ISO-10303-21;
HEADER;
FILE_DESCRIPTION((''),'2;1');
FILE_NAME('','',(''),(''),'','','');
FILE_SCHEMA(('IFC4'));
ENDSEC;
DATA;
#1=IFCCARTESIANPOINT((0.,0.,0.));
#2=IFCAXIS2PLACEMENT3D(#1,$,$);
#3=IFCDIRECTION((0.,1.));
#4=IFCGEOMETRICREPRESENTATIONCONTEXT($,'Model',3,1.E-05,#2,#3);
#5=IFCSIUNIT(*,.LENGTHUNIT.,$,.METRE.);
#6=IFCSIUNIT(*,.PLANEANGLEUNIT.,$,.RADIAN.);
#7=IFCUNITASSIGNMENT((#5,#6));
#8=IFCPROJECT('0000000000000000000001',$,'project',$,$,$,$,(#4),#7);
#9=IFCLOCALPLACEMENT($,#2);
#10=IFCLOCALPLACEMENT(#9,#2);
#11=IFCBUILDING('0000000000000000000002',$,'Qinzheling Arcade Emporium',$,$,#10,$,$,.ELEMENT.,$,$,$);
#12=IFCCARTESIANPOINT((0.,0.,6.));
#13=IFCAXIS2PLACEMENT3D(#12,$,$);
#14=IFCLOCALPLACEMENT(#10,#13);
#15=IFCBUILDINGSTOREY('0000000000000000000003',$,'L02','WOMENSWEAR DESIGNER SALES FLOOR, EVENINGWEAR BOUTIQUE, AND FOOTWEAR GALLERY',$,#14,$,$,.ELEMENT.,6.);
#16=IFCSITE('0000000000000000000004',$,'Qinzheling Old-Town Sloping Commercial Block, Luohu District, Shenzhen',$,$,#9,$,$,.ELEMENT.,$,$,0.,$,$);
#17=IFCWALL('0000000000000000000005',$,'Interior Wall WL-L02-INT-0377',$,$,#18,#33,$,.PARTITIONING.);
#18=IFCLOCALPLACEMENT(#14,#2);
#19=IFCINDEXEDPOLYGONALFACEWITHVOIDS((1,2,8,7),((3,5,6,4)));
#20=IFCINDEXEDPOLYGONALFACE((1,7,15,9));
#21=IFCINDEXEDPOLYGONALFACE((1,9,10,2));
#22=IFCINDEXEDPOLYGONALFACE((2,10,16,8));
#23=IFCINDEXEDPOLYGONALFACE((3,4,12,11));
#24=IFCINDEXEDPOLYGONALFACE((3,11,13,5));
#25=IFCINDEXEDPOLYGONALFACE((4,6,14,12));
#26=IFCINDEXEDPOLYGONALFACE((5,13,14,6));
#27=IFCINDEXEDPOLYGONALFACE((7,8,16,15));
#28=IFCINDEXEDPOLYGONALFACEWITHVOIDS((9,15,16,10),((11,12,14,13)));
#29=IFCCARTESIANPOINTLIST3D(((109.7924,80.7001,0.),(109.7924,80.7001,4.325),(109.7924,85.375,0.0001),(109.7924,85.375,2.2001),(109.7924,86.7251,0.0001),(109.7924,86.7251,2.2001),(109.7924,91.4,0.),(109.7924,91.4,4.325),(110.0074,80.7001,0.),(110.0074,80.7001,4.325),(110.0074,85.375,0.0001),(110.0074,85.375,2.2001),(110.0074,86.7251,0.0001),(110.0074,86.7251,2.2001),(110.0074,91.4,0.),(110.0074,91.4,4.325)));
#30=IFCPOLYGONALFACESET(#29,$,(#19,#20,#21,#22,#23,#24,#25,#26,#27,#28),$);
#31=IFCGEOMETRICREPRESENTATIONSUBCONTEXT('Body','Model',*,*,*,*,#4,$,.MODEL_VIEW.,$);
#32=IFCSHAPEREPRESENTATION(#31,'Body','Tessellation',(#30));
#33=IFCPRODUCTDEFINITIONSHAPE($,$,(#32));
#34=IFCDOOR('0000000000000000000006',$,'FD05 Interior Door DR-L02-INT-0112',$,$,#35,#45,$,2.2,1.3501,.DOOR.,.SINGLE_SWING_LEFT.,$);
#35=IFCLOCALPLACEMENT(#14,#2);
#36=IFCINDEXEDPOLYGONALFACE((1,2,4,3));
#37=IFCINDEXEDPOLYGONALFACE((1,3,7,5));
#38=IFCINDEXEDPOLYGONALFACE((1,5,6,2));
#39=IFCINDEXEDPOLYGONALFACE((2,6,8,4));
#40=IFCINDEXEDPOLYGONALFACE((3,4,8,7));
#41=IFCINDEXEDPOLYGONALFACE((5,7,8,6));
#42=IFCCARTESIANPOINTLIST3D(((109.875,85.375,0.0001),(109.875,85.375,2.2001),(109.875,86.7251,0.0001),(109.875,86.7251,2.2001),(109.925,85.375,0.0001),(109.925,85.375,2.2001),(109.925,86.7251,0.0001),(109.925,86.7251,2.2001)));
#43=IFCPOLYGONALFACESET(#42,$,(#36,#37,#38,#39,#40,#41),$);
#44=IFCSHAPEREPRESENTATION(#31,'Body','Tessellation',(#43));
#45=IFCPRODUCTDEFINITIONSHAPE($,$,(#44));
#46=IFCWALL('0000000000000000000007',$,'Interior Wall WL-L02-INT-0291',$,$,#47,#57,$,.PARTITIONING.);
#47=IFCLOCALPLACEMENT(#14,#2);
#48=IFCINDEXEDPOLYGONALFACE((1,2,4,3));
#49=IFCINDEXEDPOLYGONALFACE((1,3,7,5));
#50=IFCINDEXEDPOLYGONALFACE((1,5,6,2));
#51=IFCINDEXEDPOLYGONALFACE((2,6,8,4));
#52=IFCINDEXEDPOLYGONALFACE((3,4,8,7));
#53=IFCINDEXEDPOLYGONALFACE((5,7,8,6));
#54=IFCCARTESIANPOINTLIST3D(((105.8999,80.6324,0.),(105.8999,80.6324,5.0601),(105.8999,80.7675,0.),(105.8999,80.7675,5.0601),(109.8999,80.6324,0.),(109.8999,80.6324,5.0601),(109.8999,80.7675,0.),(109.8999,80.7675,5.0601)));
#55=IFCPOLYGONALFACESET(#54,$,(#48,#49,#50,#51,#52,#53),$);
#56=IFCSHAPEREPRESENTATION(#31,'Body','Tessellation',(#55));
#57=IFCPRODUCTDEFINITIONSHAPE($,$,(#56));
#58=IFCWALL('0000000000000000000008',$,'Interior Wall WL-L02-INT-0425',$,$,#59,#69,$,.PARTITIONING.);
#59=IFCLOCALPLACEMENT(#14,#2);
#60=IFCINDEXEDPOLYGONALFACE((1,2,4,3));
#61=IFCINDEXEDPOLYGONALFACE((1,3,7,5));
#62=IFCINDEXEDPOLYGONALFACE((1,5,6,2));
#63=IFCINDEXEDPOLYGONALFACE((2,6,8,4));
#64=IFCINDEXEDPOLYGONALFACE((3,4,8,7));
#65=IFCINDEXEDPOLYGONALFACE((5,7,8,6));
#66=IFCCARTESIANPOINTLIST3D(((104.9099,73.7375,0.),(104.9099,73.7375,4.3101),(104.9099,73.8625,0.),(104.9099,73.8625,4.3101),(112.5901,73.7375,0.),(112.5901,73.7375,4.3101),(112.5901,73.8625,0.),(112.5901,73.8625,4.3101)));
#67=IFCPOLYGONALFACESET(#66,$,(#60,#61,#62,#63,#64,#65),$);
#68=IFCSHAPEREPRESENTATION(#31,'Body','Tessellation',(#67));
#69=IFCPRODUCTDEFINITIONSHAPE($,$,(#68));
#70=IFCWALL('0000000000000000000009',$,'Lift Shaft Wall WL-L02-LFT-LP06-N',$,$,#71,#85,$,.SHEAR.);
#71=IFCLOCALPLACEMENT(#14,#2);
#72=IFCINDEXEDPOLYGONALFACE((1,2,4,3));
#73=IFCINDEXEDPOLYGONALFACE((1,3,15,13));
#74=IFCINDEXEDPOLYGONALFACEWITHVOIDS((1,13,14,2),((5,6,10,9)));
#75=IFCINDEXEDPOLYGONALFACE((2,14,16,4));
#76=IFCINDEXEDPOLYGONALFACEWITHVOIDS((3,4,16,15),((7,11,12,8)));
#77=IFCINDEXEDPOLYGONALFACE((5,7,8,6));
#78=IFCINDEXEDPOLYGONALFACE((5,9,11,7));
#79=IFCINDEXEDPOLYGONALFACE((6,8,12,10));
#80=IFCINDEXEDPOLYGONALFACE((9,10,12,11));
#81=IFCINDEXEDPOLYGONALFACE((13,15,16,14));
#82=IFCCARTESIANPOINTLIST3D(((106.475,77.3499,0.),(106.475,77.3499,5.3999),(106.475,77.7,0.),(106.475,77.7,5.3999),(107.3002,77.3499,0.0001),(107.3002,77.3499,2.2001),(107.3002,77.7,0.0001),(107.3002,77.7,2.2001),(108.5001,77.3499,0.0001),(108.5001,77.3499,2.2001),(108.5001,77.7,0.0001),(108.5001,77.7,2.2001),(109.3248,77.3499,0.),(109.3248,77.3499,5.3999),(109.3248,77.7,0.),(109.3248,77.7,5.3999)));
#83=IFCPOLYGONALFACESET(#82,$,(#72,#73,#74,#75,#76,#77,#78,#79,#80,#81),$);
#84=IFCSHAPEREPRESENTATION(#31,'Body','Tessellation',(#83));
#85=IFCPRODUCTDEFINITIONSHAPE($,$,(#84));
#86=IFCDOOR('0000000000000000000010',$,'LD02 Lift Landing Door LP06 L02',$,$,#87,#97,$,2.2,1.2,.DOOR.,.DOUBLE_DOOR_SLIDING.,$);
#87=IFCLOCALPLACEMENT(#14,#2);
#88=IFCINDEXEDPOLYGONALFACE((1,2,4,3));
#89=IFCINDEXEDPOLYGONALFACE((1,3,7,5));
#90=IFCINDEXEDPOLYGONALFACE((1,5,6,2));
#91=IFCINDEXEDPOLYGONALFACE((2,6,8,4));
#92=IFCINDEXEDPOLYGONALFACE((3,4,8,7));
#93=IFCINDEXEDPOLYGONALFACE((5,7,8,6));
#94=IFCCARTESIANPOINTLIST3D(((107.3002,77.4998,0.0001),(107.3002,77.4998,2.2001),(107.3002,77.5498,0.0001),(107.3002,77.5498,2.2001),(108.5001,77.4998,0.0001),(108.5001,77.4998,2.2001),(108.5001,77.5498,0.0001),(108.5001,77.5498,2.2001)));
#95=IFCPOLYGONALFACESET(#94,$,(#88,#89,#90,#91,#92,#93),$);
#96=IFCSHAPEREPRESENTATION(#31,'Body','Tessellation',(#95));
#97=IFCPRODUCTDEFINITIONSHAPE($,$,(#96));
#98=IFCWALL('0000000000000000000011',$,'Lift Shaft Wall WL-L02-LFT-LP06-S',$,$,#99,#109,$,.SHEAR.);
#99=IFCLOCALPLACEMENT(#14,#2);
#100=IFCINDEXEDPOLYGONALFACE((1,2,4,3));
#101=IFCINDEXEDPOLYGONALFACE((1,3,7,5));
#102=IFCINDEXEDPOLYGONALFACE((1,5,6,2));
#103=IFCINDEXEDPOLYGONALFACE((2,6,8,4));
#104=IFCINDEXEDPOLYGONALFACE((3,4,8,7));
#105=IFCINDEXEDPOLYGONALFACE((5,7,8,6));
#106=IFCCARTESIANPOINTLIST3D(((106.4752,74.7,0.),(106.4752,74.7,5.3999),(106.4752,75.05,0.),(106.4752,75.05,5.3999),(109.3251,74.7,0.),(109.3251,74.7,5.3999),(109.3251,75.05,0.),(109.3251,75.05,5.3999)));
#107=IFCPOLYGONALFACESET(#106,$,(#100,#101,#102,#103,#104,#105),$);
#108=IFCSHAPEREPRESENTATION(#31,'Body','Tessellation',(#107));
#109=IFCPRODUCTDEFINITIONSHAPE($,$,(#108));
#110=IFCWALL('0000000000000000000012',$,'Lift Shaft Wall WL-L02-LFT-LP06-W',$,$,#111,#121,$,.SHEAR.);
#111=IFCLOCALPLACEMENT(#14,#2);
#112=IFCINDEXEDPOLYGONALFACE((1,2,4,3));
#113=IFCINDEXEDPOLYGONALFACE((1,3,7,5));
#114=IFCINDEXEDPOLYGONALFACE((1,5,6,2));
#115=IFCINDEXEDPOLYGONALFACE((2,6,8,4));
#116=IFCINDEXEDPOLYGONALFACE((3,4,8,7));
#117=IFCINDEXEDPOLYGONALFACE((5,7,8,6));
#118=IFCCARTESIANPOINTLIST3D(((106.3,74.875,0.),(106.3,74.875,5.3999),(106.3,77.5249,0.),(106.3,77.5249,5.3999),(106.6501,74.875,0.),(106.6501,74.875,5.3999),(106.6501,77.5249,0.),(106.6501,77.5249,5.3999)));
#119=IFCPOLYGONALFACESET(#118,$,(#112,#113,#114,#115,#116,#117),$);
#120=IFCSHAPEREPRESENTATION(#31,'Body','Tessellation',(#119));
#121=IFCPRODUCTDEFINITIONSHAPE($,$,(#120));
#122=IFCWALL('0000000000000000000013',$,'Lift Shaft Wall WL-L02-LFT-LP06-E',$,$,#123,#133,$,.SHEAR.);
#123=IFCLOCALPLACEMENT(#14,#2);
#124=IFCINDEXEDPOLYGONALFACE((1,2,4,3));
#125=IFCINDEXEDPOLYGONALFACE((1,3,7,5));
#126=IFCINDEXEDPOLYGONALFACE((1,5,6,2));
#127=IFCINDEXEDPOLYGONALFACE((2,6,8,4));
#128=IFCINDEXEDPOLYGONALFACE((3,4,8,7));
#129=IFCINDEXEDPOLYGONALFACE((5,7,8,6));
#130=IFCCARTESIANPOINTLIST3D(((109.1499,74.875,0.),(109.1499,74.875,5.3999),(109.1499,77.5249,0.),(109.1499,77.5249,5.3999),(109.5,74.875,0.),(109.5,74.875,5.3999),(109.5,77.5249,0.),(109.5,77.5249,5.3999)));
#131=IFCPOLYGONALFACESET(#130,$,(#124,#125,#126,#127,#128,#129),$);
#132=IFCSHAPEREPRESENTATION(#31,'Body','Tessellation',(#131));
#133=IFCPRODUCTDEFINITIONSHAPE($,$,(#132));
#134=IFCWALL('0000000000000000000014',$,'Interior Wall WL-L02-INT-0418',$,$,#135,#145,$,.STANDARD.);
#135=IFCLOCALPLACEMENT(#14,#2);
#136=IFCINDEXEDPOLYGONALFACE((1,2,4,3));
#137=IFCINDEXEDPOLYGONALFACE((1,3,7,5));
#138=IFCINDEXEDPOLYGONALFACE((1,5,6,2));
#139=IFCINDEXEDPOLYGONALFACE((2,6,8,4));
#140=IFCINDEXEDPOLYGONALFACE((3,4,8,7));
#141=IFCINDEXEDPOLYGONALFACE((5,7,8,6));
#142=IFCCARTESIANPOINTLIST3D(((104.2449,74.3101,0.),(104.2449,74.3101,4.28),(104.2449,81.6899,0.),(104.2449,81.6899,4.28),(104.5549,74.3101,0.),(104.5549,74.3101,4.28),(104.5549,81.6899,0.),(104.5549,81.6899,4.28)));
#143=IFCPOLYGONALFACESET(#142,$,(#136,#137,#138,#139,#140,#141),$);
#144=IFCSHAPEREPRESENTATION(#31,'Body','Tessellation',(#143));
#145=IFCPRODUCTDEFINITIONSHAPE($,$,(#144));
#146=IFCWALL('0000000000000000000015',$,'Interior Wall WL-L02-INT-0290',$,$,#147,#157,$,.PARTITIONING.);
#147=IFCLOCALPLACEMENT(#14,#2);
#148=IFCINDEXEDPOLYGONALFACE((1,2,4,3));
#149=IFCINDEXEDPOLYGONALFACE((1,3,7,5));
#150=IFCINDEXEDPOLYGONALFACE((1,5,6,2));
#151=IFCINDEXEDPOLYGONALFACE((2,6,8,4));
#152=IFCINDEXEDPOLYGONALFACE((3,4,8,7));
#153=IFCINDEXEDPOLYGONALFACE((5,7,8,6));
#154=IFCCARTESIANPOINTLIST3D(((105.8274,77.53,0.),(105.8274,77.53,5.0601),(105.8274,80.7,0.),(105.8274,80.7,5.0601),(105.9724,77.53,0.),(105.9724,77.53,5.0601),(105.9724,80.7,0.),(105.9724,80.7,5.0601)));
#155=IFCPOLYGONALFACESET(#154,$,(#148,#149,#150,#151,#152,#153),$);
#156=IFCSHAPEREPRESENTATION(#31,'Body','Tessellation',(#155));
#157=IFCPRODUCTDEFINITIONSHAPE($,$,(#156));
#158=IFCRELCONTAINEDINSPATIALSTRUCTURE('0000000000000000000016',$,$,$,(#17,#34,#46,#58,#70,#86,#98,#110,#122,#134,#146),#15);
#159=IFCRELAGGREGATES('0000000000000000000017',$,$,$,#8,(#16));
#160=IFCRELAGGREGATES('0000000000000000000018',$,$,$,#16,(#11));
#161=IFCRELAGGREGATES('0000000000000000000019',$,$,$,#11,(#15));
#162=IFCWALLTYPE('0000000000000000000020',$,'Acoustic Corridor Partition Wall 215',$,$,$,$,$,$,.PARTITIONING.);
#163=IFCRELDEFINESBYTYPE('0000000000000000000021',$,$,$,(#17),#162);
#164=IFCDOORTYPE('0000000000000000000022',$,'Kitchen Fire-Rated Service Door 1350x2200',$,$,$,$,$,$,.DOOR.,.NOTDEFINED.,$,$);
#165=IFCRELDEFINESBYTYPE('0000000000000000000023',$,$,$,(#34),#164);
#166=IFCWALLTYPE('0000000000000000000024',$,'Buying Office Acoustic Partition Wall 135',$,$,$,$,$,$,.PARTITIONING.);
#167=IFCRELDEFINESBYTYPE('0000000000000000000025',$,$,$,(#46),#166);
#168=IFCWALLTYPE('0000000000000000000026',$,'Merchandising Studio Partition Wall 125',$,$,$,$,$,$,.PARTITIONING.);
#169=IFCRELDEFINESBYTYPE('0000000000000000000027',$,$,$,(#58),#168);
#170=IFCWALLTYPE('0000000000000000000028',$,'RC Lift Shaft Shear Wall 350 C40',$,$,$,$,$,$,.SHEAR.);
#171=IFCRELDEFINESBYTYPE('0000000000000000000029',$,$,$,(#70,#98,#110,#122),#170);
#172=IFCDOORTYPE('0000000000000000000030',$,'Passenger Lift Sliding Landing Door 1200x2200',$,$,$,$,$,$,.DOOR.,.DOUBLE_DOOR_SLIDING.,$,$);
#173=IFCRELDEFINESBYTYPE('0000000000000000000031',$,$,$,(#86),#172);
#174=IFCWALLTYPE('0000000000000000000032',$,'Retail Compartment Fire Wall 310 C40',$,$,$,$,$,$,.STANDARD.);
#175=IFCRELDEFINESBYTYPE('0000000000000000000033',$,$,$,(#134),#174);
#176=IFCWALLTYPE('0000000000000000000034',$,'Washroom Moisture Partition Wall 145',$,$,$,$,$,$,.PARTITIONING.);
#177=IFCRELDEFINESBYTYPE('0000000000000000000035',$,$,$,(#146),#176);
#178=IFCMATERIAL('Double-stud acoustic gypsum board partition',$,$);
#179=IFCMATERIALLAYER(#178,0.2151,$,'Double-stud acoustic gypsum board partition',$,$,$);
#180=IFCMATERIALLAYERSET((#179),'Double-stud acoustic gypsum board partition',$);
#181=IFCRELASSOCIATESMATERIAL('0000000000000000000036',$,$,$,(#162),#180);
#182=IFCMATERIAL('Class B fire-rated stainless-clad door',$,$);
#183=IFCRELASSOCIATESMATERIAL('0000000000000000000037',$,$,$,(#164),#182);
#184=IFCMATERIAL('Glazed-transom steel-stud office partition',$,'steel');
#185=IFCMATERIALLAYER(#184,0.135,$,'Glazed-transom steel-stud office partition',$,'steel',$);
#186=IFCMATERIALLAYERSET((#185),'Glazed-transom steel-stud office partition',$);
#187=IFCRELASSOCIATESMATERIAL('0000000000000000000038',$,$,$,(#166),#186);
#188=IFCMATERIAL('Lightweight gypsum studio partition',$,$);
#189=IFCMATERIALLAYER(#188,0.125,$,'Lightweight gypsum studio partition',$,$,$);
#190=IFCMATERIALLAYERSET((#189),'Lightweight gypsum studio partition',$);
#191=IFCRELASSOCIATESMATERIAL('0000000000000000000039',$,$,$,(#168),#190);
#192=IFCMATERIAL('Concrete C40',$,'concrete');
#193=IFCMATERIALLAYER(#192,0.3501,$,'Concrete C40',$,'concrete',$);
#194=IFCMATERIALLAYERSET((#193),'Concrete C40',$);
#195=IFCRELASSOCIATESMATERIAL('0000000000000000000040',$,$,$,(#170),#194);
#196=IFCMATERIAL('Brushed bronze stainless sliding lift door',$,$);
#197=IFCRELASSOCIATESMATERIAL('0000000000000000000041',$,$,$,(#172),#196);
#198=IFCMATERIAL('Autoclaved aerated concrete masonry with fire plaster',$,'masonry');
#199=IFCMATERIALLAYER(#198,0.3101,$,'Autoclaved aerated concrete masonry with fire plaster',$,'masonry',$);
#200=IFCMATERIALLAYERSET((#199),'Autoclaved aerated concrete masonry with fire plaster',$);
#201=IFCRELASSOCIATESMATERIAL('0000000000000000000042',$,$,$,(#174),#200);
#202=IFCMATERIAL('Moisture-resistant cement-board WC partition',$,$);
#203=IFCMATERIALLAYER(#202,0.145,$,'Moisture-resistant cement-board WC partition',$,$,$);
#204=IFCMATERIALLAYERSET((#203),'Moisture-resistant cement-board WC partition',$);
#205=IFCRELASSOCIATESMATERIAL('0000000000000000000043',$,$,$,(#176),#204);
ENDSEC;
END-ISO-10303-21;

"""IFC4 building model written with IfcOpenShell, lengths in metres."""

from ifc_helpers import new_model, si_unit, direction, frame, frame_2d, origin, place, context, subcontext, project, spatial, rectangle, extrude, material, layer, layer_set, type_object, element, fill, save


model = new_model("IFC4")

# Units and contexts
model_context = context("Model", 3, precision=1e-05, world=origin(), true_north=direction((0.0, 1.0)))
body_context = subcontext(model_context, "Body", "Model", "MODEL_VIEW")
ifc_project = project(units=[si_unit("LENGTHUNIT", "METRE"), si_unit("PLANEANGLEUNIT", "RADIAN")], contexts=[model_context])

# Site, building, storey
site_placement = place(None, origin())
site = spatial("IfcSite", under=ifc_project, at=site_placement, Name="Qinzheling Old-Town Sloping Commercial Block, Luohu District, Shenzhen", CompositionType="ELEMENT", RefElevation=0.0)
building_placement = place(site_placement, origin())
building = spatial("IfcBuilding", under=site, at=building_placement, Name="Qinzheling Arcade Emporium", CompositionType="ELEMENT")
storey_placement = place(building_placement, frame((0.0, 0.0, 6.0)))
storey = spatial("IfcBuildingStorey", under=building, at=storey_placement, Name="L02", Description="WOMENSWEAR DESIGNER SALES FLOOR, EVENINGWEAR BOUTIQUE, AND FOOTWEAR GALLERY", CompositionType="ELEMENT", Elevation=6.0)

# Shared definitions
ifc_material_1 = material(Name="Concrete C40", Category="concrete")

# Shared definitions
ifc_material_2 = material(Name="Double-stud acoustic gypsum board partition")
ifc_layer_1 = layer(ifc_material_2, 0.2151, Name="Double-stud acoustic gypsum board partition")
ifc_layer_set_1 = layer_set([ifc_layer_1], Name="Double-stud acoustic gypsum board partition")
wall_type_1 = type_object("IfcWallType", Name="Acoustic Corridor Partition Wall 215", PredefinedType="PARTITIONING", material=ifc_layer_set_1)
ifc_material_3 = material(Name="Class B fire-rated stainless-clad door")
door_type_1 = type_object("IfcDoorType", Name="Kitchen Fire-Rated Service Door 1350x2200", OperationType="NOTDEFINED", PredefinedType="DOOR", material=ifc_material_3)

# Wall, opening, door
wall_1_placement = place(storey_placement, frame((109.8999, 80.7, 0.0), z_axis=(0.0, 0.0, 1.0), x_axis=(0.0, 1.0, 0.0)))
wall_1 = element("IfcWall", 1, at=wall_1_placement, inside=storey, type_object=wall_type_1, Name="Interior Wall WL-L02-INT-0377", PredefinedType="PARTITIONING", context=body_context, shape_type="SweptSolid", body=[
    extrude(rectangle(XDim=10.7, YDim=0.2151, at=frame_2d((5.3501, 0.0))), origin(), (0.0, 0.0, 1.0), 4.325),
])
opening_1_placement = place(wall_1_placement, frame((4.675, 0.0, 0.0)))
opening_1 = element("IfcOpeningElement", 2, at=opening_1_placement, cuts=wall_1, PredefinedType="OPENING", context=body_context, shape_type="SweptSolid", body=[
    extrude(rectangle(XDim=1.3501, YDim=2.2, at=frame_2d((0.675, 1.1001))), frame((0.0, 0.1177, 0.0), z_axis=(0.0, -1.0, 0.0), x_axis=(1.0, 0.0, 0.0)), (0.0, 0.0, 1.0), 0.2351),
])
door_1_placement = place(opening_1_placement, origin())
door_1 = element("IfcDoor", 3, at=door_1_placement, inside=storey, type_object=door_type_1, Name="FD05 Interior Door DR-L02-INT-0112", OperationType="SINGLE_SWING_LEFT", OverallHeight=2.2, OverallWidth=1.3501, PredefinedType="DOOR", context=body_context, shape_type="SweptSolid", body=[
    extrude(rectangle(XDim=1.3501, YDim=2.2, at=frame_2d((0.675, 1.1001))), frame((0.0, 0.0249, 0.0), z_axis=(0.0, -1.0, 0.0), x_axis=(1.0, 0.0, 0.0)), (0.0, 0.0, 1.0), 0.05),
])
fill(opening_1, door_1)

# Walls
ifc_material_4 = material(Name="Glazed-transom steel-stud office partition", Category="steel")
ifc_layer_2 = layer(ifc_material_4, 0.135, Name="Glazed-transom steel-stud office partition", Category="steel")
ifc_layer_set_2 = layer_set([ifc_layer_2], Name="Glazed-transom steel-stud office partition")
wall_type_2 = type_object("IfcWallType", Name="Buying Office Acoustic Partition Wall 135", PredefinedType="PARTITIONING", material=ifc_layer_set_2)
wall_2_placement = place(storey_placement, frame((105.8999, 80.7, 0.0), z_axis=(0.0, 0.0, 1.0), x_axis=(1.0, 0.0, 0.0)))
element("IfcWall", 4, at=wall_2_placement, inside=storey, type_object=wall_type_2, Name="Interior Wall WL-L02-INT-0291", PredefinedType="PARTITIONING", context=body_context, shape_type="SweptSolid", body=[
    extrude(rectangle(XDim=4.0, YDim=0.135, at=frame_2d((2.0, 0.0))), origin(), (0.0, 0.0, 1.0), 5.0601),
])
ifc_material_5 = material(Name="Lightweight gypsum studio partition")
ifc_layer_3 = layer(ifc_material_5, 0.125, Name="Lightweight gypsum studio partition")
ifc_layer_set_3 = layer_set([ifc_layer_3], Name="Lightweight gypsum studio partition")
wall_type_3 = type_object("IfcWallType", Name="Merchandising Studio Partition Wall 125", PredefinedType="PARTITIONING", material=ifc_layer_set_3)
wall_3_placement = place(storey_placement, frame((112.5901, 73.8, 0.0), z_axis=(0.0, 0.0, 1.0), x_axis=(-1.0, 0.0, 0.0)))
element("IfcWall", 5, at=wall_3_placement, inside=storey, type_object=wall_type_3, Name="Interior Wall WL-L02-INT-0425", PredefinedType="PARTITIONING", context=body_context, shape_type="SweptSolid", body=[
    extrude(rectangle(XDim=7.6802, YDim=0.125, at=frame_2d((3.8401, 0.0))), origin(), (0.0, 0.0, 1.0), 4.3101),
])

# Wall, opening, door
ifc_layer_4 = layer(ifc_material_1, 0.3501, Name="Concrete C40", Category="concrete")
ifc_layer_set_4 = layer_set([ifc_layer_4], Name="Concrete C40")
wall_type_4 = type_object("IfcWallType", Name="RC Lift Shaft Shear Wall 350 C40", PredefinedType="SHEAR", material=ifc_layer_set_4)
wall_4_placement = place(storey_placement, frame((106.4751, 77.5249, 0.0), z_axis=(0.0, 0.0, 1.0), x_axis=(1.0, 0.0, 0.0)))
wall_4 = element("IfcWall", 6, at=wall_4_placement, inside=storey, type_object=wall_type_4, Name="Lift Shaft Wall WL-L02-LFT-LP06-N", PredefinedType="SHEAR", context=body_context, shape_type="SweptSolid", body=[
    extrude(rectangle(XDim=2.8499, YDim=0.3501, at=frame_2d((1.4248, 0.0))), origin(), (0.0, 0.0, 1.0), 5.3999),
])
opening_2_placement = place(wall_4_placement, frame((0.825, 0.0, 0.0)))
opening_2 = element("IfcOpeningElement", 7, at=opening_2_placement, cuts=wall_4, PredefinedType="OPENING", context=body_context, shape_type="SweptSolid", body=[
    extrude(rectangle(XDim=1.2, YDim=2.2, at=frame_2d((0.6001, 1.1001))), frame((0.0, 0.1851, 0.0), z_axis=(0.0, -1.0, 0.0), x_axis=(1.0, 0.0, 0.0)), (0.0, 0.0, 1.0), 0.3701),
])
ifc_material_6 = material(Name="Brushed bronze stainless sliding lift door")
door_type_2 = type_object("IfcDoorType", Name="Passenger Lift Sliding Landing Door 1200x2200", OperationType="DOUBLE_DOOR_SLIDING", PredefinedType="DOOR", material=ifc_material_6)
door_2_placement = place(opening_2_placement, origin())
door_2 = element("IfcDoor", 8, at=door_2_placement, inside=storey, type_object=door_type_2, Name="LD02 Lift Landing Door LP06 L02", OperationType="DOUBLE_DOOR_SLIDING", OverallHeight=2.2, OverallWidth=1.2, PredefinedType="DOOR", context=body_context, shape_type="SweptSolid", body=[
    extrude(rectangle(XDim=1.2, YDim=2.2, at=frame_2d((0.6001, 1.1001))), frame((0.0, 0.0249, 0.0), z_axis=(0.0, -1.0, 0.0), x_axis=(1.0, 0.0, 0.0)), (0.0, 0.0, 1.0), 0.05),
])
fill(opening_2, door_2)

# Walls
wall_5_placement = place(storey_placement, frame((109.325, 74.875, 0.0), z_axis=(0.0, 0.0, 1.0), x_axis=(-1.0, 0.0, 0.0)))
element("IfcWall", 9, at=wall_5_placement, inside=storey, type_object=wall_type_4, Name="Lift Shaft Wall WL-L02-LFT-LP06-S", PredefinedType="SHEAR", context=body_context, shape_type="SweptSolid", body=[
    extrude(rectangle(XDim=2.8499, YDim=0.3501, at=frame_2d((1.4248, 0.0))), origin(), (0.0, 0.0, 1.0), 5.3999),
])
for number, where, z_axis, x_axis, name in (
    (10, (106.4751, 74.875, 0.0), (0.0, 0.0, 1.0), (0.0, 1.0, 0.0), "Lift Shaft Wall WL-L02-LFT-LP06-W"),
    (11, (109.325, 77.5249, 0.0), (0.0, 0.0, 1.0), (0.0, -1.0, 0.0), "Lift Shaft Wall WL-L02-LFT-LP06-E"),
):
    element("IfcWall", number, at=place(storey_placement, frame(where, z_axis=z_axis, x_axis=x_axis)), inside=storey, type_object=wall_type_4, Name=name, PredefinedType="SHEAR", context=body_context, shape_type="SweptSolid", body=[
        extrude(rectangle(XDim=2.6499, YDim=0.3501, at=frame_2d((1.325, 0.0))), origin(), (0.0, 0.0, 1.0), 5.3999),
    ])
ifc_material_7 = material(Name="Autoclaved aerated concrete masonry with fire plaster", Category="masonry")
ifc_layer_5 = layer(ifc_material_7, 0.3101, Name="Autoclaved aerated concrete masonry with fire plaster", Category="masonry")
ifc_layer_set_5 = layer_set([ifc_layer_5], Name="Autoclaved aerated concrete masonry with fire plaster")
wall_type_5 = type_object("IfcWallType", Name="Retail Compartment Fire Wall 310 C40", PredefinedType="STANDARD", material=ifc_layer_set_5)
wall_6_placement = place(storey_placement, frame((104.3999, 81.6899, 0.0), z_axis=(0.0, 0.0, 1.0), x_axis=(0.0, -1.0, 0.0)))
element("IfcWall", 12, at=wall_6_placement, inside=storey, type_object=wall_type_5, Name="Interior Wall WL-L02-INT-0418", PredefinedType="STANDARD", context=body_context, shape_type="SweptSolid", body=[
    extrude(rectangle(XDim=7.3799, YDim=0.3101, at=frame_2d((3.6899, 0.0))), origin(), (0.0, 0.0, 1.0), 4.28),
])
ifc_material_8 = material(Name="Moisture-resistant cement-board WC partition")
ifc_layer_6 = layer(ifc_material_8, 0.145, Name="Moisture-resistant cement-board WC partition")
ifc_layer_set_6 = layer_set([ifc_layer_6], Name="Moisture-resistant cement-board WC partition")
wall_type_6 = type_object("IfcWallType", Name="Washroom Moisture Partition Wall 145", PredefinedType="PARTITIONING", material=ifc_layer_set_6)
wall_7_placement = place(storey_placement, frame((105.8999, 77.53, 0.0), z_axis=(0.0, 0.0, 1.0), x_axis=(0.0, 1.0, 0.0)))
element("IfcWall", 13, at=wall_7_placement, inside=storey, type_object=wall_type_6, Name="Interior Wall WL-L02-INT-0290", PredefinedType="PARTITIONING", context=body_context, shape_type="SweptSolid", body=[
    extrude(rectangle(XDim=3.1699, YDim=0.145, at=frame_2d((1.585, 0.0))), origin(), (0.0, 0.0, 1.0), 5.0601),
])

save(model, "model.ifc")
